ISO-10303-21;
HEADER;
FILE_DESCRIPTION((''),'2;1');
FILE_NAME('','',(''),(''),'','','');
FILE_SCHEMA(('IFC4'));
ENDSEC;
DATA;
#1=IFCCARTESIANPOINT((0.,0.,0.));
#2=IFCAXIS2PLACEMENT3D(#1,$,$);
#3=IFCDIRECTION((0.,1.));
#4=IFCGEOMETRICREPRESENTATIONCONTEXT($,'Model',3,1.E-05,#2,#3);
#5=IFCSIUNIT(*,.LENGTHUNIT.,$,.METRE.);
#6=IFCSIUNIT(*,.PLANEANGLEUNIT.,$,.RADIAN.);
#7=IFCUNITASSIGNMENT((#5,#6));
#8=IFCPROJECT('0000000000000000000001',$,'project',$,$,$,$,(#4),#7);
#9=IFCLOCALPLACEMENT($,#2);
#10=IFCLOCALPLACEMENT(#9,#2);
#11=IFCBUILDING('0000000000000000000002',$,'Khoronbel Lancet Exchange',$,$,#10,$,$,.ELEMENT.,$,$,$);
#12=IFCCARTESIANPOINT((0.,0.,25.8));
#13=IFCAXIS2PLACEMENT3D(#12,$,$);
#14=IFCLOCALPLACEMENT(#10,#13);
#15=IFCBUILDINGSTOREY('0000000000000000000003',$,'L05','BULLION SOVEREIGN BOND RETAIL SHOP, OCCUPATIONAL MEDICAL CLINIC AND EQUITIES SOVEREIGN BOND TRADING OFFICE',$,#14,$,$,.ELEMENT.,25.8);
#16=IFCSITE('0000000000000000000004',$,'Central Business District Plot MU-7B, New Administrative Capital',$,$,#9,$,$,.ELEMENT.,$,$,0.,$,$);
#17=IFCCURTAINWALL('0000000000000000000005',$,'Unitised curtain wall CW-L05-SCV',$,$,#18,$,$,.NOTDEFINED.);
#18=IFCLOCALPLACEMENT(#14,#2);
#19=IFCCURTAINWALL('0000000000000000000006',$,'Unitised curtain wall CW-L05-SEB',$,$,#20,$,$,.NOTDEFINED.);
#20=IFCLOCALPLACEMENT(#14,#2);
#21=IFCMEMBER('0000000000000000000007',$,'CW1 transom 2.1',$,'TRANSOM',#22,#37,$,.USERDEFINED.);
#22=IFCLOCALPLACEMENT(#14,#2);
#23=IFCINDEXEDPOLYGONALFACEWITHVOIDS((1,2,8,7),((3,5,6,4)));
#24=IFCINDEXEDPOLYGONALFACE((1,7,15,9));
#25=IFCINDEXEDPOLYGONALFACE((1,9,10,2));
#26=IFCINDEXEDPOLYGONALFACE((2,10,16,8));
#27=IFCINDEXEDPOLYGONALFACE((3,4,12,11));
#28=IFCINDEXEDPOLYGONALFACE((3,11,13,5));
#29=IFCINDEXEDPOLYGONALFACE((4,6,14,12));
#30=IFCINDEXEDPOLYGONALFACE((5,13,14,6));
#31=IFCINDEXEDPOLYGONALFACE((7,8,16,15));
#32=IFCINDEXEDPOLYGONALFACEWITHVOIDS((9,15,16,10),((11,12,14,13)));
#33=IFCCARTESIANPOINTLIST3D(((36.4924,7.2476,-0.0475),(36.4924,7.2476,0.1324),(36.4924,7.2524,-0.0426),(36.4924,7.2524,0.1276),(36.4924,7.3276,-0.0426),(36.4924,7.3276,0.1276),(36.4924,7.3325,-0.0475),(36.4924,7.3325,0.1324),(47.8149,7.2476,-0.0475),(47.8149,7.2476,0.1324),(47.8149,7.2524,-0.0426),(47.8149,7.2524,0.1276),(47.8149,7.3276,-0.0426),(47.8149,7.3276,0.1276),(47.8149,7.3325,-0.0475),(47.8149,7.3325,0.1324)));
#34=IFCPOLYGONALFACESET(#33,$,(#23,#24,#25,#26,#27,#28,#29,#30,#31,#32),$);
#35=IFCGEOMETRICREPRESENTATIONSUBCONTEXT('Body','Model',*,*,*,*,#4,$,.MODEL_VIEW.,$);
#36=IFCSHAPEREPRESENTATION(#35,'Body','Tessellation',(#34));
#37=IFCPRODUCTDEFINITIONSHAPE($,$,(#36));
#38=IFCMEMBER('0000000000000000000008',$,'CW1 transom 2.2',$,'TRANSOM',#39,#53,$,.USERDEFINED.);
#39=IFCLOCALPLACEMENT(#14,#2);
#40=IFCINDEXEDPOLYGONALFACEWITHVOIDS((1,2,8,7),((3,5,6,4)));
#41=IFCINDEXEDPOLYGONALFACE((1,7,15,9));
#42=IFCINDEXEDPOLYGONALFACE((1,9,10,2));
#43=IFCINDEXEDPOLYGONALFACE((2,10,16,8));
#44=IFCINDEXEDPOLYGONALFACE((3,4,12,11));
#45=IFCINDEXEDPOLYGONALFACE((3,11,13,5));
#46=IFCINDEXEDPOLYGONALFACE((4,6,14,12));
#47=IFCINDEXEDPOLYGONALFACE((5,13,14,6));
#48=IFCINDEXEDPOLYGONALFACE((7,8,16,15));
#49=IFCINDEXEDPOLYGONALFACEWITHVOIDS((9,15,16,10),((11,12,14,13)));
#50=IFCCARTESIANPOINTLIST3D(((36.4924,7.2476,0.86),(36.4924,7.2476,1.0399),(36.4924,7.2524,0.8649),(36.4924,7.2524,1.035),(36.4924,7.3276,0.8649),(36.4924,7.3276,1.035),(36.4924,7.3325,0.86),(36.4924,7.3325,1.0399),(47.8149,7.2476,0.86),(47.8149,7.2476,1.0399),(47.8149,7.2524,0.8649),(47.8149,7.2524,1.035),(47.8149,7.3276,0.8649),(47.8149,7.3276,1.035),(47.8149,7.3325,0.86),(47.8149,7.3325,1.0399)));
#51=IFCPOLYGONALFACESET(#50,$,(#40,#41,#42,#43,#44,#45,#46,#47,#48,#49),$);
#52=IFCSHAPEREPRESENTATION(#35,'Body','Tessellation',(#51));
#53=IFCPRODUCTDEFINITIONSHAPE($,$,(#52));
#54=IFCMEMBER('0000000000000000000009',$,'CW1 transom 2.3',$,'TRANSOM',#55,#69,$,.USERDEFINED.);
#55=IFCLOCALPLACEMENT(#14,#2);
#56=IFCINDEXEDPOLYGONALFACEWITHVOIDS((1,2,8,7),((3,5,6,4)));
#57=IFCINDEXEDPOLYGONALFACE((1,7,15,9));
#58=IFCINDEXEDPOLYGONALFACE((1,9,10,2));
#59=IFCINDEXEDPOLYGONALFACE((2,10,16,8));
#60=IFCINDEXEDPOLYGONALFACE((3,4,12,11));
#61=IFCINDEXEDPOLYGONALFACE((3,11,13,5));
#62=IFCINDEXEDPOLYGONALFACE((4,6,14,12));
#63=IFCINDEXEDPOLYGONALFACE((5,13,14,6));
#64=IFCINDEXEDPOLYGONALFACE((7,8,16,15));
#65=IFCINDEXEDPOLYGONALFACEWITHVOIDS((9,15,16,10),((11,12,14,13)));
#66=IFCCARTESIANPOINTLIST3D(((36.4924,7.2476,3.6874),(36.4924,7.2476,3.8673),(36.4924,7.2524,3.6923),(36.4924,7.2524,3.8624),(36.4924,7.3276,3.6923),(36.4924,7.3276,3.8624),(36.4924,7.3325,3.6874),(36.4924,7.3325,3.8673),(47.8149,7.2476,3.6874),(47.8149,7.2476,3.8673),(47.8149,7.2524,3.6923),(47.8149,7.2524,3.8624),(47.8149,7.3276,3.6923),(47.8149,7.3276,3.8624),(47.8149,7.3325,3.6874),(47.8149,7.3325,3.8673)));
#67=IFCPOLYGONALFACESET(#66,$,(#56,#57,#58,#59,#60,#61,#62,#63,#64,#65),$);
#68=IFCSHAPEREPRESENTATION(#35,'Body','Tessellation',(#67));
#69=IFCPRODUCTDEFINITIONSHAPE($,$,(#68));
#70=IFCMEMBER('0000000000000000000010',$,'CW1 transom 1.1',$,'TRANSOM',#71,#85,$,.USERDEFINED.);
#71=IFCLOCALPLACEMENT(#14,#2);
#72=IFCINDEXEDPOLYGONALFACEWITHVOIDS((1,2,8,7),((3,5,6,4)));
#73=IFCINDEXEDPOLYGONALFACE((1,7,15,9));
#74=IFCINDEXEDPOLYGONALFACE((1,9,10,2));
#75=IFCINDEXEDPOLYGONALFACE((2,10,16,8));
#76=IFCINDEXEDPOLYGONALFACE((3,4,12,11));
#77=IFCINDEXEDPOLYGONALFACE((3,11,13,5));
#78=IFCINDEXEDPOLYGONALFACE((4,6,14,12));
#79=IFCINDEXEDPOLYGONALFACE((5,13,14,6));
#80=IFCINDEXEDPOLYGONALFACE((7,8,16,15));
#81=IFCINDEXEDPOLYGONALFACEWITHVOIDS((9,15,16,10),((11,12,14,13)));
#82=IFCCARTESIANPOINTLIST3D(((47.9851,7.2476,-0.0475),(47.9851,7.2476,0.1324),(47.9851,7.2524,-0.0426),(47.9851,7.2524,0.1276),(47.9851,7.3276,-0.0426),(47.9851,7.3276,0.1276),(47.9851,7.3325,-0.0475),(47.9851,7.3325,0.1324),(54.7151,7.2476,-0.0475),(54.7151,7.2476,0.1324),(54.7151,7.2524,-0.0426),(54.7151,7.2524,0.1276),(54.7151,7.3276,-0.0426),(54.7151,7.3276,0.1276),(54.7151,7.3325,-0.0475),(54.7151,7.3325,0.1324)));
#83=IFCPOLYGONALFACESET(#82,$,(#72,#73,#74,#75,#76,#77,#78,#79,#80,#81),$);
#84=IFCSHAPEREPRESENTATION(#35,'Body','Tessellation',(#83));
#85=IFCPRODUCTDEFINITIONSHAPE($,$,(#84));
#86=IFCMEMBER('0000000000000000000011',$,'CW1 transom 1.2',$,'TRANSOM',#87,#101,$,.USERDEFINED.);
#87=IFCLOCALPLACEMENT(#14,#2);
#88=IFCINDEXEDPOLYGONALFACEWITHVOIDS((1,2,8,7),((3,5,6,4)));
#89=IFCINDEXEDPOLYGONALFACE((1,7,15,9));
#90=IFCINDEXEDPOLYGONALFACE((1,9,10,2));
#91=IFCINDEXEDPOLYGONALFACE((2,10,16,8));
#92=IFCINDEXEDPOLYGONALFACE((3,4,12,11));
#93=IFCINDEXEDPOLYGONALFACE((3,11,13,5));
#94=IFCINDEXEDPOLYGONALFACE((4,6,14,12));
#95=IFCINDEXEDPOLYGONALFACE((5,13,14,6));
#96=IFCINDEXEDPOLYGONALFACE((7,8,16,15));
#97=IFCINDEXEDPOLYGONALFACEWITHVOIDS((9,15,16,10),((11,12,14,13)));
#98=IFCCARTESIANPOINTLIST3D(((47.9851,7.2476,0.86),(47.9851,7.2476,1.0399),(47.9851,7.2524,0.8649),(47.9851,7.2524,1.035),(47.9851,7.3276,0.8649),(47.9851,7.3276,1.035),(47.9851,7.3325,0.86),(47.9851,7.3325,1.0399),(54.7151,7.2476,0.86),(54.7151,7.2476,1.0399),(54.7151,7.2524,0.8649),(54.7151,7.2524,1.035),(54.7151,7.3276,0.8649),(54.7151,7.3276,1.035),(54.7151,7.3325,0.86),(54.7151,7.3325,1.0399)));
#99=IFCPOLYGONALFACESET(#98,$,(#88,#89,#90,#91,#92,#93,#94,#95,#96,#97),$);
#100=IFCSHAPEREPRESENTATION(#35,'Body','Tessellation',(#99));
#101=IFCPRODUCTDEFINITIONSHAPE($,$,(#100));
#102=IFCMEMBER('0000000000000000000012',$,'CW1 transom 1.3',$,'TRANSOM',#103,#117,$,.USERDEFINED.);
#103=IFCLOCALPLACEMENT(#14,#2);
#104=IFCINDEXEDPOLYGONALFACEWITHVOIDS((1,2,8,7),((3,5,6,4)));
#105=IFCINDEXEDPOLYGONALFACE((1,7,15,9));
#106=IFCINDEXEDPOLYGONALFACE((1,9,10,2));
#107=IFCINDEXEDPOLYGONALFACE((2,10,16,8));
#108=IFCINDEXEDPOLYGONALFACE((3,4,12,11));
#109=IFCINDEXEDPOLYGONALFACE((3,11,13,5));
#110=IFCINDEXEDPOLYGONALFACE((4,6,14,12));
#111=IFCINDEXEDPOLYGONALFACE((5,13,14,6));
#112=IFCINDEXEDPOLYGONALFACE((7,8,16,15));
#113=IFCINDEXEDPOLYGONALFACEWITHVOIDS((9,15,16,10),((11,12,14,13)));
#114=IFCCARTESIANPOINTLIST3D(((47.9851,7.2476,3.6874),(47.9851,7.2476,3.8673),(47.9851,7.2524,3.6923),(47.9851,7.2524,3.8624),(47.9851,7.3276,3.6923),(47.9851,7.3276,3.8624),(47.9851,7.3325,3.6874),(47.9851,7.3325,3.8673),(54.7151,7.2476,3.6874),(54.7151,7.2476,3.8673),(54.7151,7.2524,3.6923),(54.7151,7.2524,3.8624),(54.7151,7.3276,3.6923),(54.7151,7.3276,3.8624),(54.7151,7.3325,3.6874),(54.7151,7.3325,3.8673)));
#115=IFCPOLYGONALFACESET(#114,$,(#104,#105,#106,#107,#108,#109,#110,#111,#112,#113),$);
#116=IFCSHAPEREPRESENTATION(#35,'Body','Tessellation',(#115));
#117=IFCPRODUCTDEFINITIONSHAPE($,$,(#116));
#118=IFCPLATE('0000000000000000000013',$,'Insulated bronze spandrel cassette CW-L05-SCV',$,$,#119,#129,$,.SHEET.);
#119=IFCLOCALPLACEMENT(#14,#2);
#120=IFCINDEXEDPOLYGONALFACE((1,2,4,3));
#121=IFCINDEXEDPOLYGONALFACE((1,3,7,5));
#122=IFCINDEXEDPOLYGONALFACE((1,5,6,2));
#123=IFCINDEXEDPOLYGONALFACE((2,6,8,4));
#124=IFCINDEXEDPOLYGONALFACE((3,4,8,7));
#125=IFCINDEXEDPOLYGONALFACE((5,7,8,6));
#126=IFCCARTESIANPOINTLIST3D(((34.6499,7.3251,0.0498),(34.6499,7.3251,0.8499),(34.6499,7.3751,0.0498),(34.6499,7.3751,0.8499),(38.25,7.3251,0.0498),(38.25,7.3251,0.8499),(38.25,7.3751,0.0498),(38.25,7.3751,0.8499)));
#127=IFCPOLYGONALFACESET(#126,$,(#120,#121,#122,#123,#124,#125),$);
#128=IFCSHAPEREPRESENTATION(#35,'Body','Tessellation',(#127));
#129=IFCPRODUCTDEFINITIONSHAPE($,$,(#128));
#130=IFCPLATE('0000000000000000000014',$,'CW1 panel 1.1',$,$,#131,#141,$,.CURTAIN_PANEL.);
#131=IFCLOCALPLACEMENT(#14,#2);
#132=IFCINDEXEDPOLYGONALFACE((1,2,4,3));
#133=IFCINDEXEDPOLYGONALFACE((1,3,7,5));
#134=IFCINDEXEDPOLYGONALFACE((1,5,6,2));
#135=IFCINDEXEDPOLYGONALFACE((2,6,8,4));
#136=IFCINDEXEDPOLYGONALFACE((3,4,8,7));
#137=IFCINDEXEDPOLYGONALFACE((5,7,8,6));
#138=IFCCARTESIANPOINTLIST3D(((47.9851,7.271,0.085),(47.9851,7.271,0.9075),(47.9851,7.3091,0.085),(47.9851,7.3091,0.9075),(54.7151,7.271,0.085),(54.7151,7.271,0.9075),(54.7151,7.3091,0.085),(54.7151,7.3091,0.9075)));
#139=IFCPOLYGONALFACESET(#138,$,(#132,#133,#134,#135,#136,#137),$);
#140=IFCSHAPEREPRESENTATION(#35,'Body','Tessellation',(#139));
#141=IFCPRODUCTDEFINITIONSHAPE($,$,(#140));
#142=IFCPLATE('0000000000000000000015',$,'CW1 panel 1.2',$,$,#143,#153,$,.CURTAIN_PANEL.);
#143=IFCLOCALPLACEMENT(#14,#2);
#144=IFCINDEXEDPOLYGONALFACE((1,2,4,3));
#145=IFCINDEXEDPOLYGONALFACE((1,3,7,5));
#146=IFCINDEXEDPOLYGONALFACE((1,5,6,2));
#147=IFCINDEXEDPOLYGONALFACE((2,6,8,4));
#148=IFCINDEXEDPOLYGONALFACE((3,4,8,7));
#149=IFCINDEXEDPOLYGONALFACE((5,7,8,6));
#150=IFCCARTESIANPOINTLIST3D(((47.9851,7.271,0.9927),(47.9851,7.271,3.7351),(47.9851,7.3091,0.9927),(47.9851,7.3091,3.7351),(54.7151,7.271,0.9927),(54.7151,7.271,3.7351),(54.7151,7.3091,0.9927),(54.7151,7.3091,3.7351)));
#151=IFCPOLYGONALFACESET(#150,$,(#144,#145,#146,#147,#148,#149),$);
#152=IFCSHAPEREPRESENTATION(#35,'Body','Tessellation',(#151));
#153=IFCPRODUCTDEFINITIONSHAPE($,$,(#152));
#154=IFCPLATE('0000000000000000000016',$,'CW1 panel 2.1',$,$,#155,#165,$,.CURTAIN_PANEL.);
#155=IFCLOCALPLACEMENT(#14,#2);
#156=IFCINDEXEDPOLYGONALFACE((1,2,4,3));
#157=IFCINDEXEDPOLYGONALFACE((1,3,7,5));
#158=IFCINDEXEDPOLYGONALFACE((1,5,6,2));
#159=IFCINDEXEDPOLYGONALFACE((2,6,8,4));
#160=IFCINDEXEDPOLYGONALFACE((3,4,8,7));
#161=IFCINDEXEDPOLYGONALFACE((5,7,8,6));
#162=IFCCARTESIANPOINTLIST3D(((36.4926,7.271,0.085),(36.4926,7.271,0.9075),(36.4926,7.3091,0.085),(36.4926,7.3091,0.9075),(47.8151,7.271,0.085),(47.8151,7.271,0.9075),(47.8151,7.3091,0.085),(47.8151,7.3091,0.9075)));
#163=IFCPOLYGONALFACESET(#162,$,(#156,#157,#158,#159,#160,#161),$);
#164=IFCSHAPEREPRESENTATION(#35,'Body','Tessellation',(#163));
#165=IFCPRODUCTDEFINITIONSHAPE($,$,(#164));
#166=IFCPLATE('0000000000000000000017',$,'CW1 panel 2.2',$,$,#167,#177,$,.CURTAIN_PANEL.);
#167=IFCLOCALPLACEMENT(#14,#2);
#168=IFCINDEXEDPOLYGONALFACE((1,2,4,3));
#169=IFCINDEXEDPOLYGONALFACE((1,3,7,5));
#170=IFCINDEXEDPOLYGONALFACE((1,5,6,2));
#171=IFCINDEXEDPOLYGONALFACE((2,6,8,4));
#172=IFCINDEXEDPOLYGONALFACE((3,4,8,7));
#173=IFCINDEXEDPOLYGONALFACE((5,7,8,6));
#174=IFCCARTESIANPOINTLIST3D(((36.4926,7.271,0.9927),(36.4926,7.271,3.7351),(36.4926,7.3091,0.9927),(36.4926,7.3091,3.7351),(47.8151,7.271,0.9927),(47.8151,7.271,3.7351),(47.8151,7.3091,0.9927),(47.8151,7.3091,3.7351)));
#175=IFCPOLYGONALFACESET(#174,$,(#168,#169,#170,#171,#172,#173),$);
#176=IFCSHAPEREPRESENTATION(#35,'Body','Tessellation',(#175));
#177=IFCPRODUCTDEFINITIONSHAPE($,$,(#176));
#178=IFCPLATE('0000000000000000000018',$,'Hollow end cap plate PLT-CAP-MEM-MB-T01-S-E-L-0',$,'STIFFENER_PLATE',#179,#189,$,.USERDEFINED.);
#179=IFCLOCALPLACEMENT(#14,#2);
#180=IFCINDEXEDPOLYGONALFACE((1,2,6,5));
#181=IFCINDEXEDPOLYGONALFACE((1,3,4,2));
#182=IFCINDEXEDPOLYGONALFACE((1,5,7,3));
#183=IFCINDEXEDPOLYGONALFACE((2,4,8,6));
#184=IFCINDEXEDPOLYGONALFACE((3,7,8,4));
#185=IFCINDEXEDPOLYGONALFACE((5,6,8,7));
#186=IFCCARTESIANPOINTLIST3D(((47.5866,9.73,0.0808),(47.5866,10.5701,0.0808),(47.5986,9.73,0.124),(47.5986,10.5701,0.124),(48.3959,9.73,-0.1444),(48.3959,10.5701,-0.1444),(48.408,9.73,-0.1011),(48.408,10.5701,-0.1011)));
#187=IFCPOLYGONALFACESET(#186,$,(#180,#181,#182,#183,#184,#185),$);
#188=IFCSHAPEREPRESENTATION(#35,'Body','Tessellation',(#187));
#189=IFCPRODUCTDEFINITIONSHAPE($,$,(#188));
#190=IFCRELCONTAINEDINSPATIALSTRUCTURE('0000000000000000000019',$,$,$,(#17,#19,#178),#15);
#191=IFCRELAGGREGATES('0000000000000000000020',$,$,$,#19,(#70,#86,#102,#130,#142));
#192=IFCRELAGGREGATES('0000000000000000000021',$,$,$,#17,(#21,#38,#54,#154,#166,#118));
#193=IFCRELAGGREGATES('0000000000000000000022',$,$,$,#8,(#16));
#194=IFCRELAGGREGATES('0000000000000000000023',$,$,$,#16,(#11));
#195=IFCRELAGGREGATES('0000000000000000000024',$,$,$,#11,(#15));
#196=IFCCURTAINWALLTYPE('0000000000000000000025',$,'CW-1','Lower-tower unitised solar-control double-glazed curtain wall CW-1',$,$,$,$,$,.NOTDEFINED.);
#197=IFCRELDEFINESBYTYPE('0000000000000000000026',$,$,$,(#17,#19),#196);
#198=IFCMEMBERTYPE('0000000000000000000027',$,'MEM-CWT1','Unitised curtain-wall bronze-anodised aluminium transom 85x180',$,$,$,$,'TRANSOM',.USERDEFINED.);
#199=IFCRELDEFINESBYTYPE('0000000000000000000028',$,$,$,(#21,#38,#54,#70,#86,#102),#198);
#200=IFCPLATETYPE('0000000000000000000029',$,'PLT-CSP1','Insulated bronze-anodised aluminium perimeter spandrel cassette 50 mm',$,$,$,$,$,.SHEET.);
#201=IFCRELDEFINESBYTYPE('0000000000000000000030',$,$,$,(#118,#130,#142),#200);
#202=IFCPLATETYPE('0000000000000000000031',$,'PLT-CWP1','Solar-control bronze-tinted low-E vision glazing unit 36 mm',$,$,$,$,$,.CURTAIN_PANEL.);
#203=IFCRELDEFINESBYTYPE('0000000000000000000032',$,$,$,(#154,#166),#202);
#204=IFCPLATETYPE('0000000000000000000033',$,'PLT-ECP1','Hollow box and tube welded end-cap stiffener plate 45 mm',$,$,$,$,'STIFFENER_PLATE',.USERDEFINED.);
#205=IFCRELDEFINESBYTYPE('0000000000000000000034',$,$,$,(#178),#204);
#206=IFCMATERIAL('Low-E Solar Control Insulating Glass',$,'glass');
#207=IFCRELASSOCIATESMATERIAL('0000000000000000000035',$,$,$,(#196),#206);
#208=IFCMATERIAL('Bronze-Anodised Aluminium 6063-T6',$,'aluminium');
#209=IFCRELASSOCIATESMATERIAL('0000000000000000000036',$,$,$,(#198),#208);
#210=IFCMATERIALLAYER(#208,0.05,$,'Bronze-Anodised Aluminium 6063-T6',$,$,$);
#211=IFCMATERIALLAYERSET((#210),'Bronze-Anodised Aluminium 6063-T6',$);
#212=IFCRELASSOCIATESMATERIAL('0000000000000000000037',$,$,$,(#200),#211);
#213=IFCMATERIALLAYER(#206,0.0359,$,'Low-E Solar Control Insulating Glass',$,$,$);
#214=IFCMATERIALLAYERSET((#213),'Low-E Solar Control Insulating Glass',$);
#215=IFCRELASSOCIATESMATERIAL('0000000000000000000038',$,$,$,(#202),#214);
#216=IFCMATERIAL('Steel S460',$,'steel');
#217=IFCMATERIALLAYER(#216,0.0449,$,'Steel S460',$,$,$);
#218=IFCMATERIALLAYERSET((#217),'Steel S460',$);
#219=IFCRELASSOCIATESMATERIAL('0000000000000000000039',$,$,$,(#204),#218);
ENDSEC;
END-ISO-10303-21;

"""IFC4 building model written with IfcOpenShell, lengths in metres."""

from ifc_helpers import new_model, si_unit, direction, frame, origin, origin_2d, place, context, subcontext, project, spatial, polyline, rectangle, hollow_rectangle, outline, extrude, material, layer, layer_set, material_profile, profile_set, type_object, element, aggregate, save


model = new_model("IFC4")

# Units and contexts
model_context = context("Model", 3, precision=1e-05, world=origin(), true_north=direction((0.0, 1.0)))
body_context = subcontext(model_context, "Body", "Model", "MODEL_VIEW")
ifc_project = project(units=[si_unit("LENGTHUNIT", "METRE"), si_unit("PLANEANGLEUNIT", "RADIAN")], contexts=[model_context])

# Site, building, storey
site_placement = place(None, origin())
site = spatial("IfcSite", under=ifc_project, at=site_placement, Name="Central Business District Plot MU-7B, New Administrative Capital", CompositionType="ELEMENT", RefElevation=0.0)
building_placement = place(site_placement, origin())
building = spatial("IfcBuilding", under=site, at=building_placement, Name="Khoronbel Lancet Exchange", CompositionType="ELEMENT")
storey_placement = place(building_placement, frame((0.0, 0.0, 25.8)))
storey = spatial("IfcBuildingStorey", under=building, at=storey_placement, Name="L05", Description="BULLION SOVEREIGN BOND RETAIL SHOP, OCCUPATIONAL MEDICAL CLINIC AND EQUITIES SOVEREIGN BOND TRADING OFFICE", CompositionType="ELEMENT", Elevation=25.8)

# Shared definitions
ifc_material_1 = material(Name="Steel S460", Category="steel")

# Curtain walls
ifc_material_2 = material(Name="Low-E Solar Control Insulating Glass", Category="glass")
curtain_wall_type = type_object("IfcCurtainWallType", Name="CW-1", Description="Lower-tower unitised solar-control double-glazed curtain wall CW-1", PredefinedType="NOTDEFINED", material=ifc_material_2)
curtain_wall_1_placement = place(storey_placement, origin())
curtain_wall_1 = element("IfcCurtainWall", 1, at=curtain_wall_1_placement, inside=storey, type_object=curtain_wall_type, Name="Unitised curtain wall CW-L05-SCV", PredefinedType="NOTDEFINED")
ifc_material_3 = material(Name="Bronze-Anodised Aluminium 6063-T6", Category="aluminium")
curtain_wall_2_placement = place(storey_placement, origin())
curtain_wall_2 = element("IfcCurtainWall", 2, at=curtain_wall_2_placement, inside=storey, type_object=curtain_wall_type, Name="Unitised curtain wall CW-L05-SEB", PredefinedType="NOTDEFINED")

# Members
ifc_material_profile_1 = material_profile(ifc_material_3, hollow_rectangle(XDim=0.085, YDim=0.1799, WallThickness=0.0049, at=origin_2d()), Name="ALU TRANSOM 85x180")
ifc_profile_set_1 = profile_set([ifc_material_profile_1], Name="Bronze-Anodised Aluminium 6063-T6")
member_type_1 = type_object("IfcMemberType", Name="MEM-CWT1", Description="Unitised curtain-wall bronze-anodised aluminium transom 85x180", ElementType="TRANSOM", PredefinedType="USERDEFINED", material=ifc_profile_set_1)
member_1_placement = place(storey_placement, frame((36.4924, 7.29, 0.0425), z_axis=(1.0, 0.0, 0.0), x_axis=(0.0, 1.0, 0.0)))
member_1 = element("IfcMember", 3, at=member_1_placement, type_object=member_type_1, Name="CW1 transom 2.1", ObjectType="TRANSOM", PredefinedType="USERDEFINED", context=body_context, shape_type="SweptSolid", body=[
    extrude(hollow_rectangle(XDim=0.085, YDim=0.1799, WallThickness=0.0049, at=origin_2d()), origin(), (0.0, 0.0, 1.0), 11.3225),
])
member_2_placement = place(storey_placement, frame((36.4924, 7.29, 0.95), z_axis=(1.0, 0.0, 0.0), x_axis=(0.0, 1.0, 0.0)))
member_2 = element("IfcMember", 4, at=member_2_placement, type_object=member_type_1, Name="CW1 transom 2.2", ObjectType="TRANSOM", PredefinedType="USERDEFINED", context=body_context, shape_type="SweptSolid", body=[
    extrude(hollow_rectangle(XDim=0.085, YDim=0.1799, WallThickness=0.0049, at=origin_2d()), origin(), (0.0, 0.0, 1.0), 11.3225),
])
member_3_placement = place(storey_placement, frame((36.4924, 7.29, 3.7773), z_axis=(1.0, 0.0, 0.0), x_axis=(0.0, 1.0, 0.0)))
member_3 = element("IfcMember", 5, at=member_3_placement, type_object=member_type_1, Name="CW1 transom 2.3", ObjectType="TRANSOM", PredefinedType="USERDEFINED", context=body_context, shape_type="SweptSolid", body=[
    extrude(hollow_rectangle(XDim=0.085, YDim=0.1799, WallThickness=0.0049, at=origin_2d()), origin(), (0.0, 0.0, 1.0), 11.3225),
])
member_4_placement = place(storey_placement, frame((47.9851, 7.29, 0.0425), z_axis=(1.0, 0.0, 0.0), x_axis=(0.0, 1.0, 0.0)))
member_4 = element("IfcMember", 6, at=member_4_placement, type_object=member_type_1, Name="CW1 transom 1.1", ObjectType="TRANSOM", PredefinedType="USERDEFINED", context=body_context, shape_type="SweptSolid", body=[
    extrude(hollow_rectangle(XDim=0.085, YDim=0.1799, WallThickness=0.0049, at=origin_2d()), origin(), (0.0, 0.0, 1.0), 6.73),
])
member_5_placement = place(storey_placement, frame((47.9851, 7.29, 0.95), z_axis=(1.0, 0.0, 0.0), x_axis=(0.0, 1.0, 0.0)))
member_5 = element("IfcMember", 7, at=member_5_placement, type_object=member_type_1, Name="CW1 transom 1.2", ObjectType="TRANSOM", PredefinedType="USERDEFINED", context=body_context, shape_type="SweptSolid", body=[
    extrude(hollow_rectangle(XDim=0.085, YDim=0.1799, WallThickness=0.0049, at=origin_2d()), origin(), (0.0, 0.0, 1.0), 6.73),
])
member_6_placement = place(storey_placement, frame((47.9851, 7.29, 3.7773), z_axis=(1.0, 0.0, 0.0), x_axis=(0.0, 1.0, 0.0)))
member_6 = element("IfcMember", 8, at=member_6_placement, type_object=member_type_1, Name="CW1 transom 1.3", ObjectType="TRANSOM", PredefinedType="USERDEFINED", context=body_context, shape_type="SweptSolid", body=[
    extrude(hollow_rectangle(XDim=0.085, YDim=0.1799, WallThickness=0.0049, at=origin_2d()), origin(), (0.0, 0.0, 1.0), 6.73),
])

# Plates
ifc_layer_1 = layer(ifc_material_3, 0.05, Name="Bronze-Anodised Aluminium 6063-T6")
ifc_layer_set_1 = layer_set([ifc_layer_1], Name="Bronze-Anodised Aluminium 6063-T6")
plate_type_1 = type_object("IfcPlateType", Name="PLT-CSP1", Description="Insulated bronze-anodised aluminium perimeter spandrel cassette 50 mm", PredefinedType="SHEET", material=ifc_layer_set_1)
plate_1_placement = place(storey_placement, frame((36.45, 7.3501, 0.0498), z_axis=(0.0, 0.0, 1.0), x_axis=(1.0, 0.0, 0.0)))
plate_1 = element("IfcPlate", 9, at=plate_1_placement, type_object=plate_type_1, Name="Insulated bronze spandrel cassette CW-L05-SCV", PredefinedType="SHEET", context=body_context, shape_type="SweptSolid", body=[
    extrude(rectangle(XDim=3.6001, YDim=0.05, at=origin_2d()), origin(), (0.0, 0.0, 1.0), 0.8),
])
plate_2_placement = place(storey_placement, frame((51.3501, 7.29, 0.085), z_axis=(0.0, 0.0, 1.0), x_axis=(1.0, 0.0, 0.0)))
plate_2 = element("IfcPlate", 10, at=plate_2_placement, type_object=plate_type_1, Name="CW1 panel 1.1", PredefinedType="CURTAIN_PANEL", context=body_context, shape_type="SweptSolid", body=[
    extrude(rectangle(XDim=6.73, YDim=0.0381, at=origin_2d()), origin(), (0.0, 0.0, 1.0), 0.8225),
])
plate_3_placement = place(storey_placement, frame((51.3501, 7.29, 0.9927), z_axis=(0.0, 0.0, 1.0), x_axis=(1.0, 0.0, 0.0)))
plate_3 = element("IfcPlate", 11, at=plate_3_placement, type_object=plate_type_1, Name="CW1 panel 1.2", PredefinedType="CURTAIN_PANEL", context=body_context, shape_type="SweptSolid", body=[
    extrude(rectangle(XDim=6.73, YDim=0.0381, at=origin_2d()), origin(), (0.0, 0.0, 1.0), 2.7424),
])
aggregate(curtain_wall_2, [member_4, member_5, member_6, plate_2, plate_3])
ifc_layer_2 = layer(ifc_material_2, 0.0359, Name="Low-E Solar Control Insulating Glass")
ifc_layer_set_2 = layer_set([ifc_layer_2], Name="Low-E Solar Control Insulating Glass")
plate_type_2 = type_object("IfcPlateType", Name="PLT-CWP1", Description="Solar-control bronze-tinted low-E vision glazing unit 36 mm", PredefinedType="CURTAIN_PANEL", material=ifc_layer_set_2)
plate_4_placement = place(storey_placement, frame((42.1538, 7.29, 0.085), z_axis=(0.0, 0.0, 1.0), x_axis=(1.0, 0.0, 0.0)))
plate_4 = element("IfcPlate", 12, at=plate_4_placement, type_object=plate_type_2, Name="CW1 panel 2.1", PredefinedType="CURTAIN_PANEL", context=body_context, shape_type="SweptSolid", body=[
    extrude(rectangle(XDim=11.3225, YDim=0.0381, at=origin_2d()), origin(), (0.0, 0.0, 1.0), 0.8225),
])
plate_5_placement = place(storey_placement, frame((42.1538, 7.29, 0.9927), z_axis=(0.0, 0.0, 1.0), x_axis=(1.0, 0.0, 0.0)))
plate_5 = element("IfcPlate", 13, at=plate_5_placement, type_object=plate_type_2, Name="CW1 panel 2.2", PredefinedType="CURTAIN_PANEL", context=body_context, shape_type="SweptSolid", body=[
    extrude(rectangle(XDim=11.3225, YDim=0.0381, at=origin_2d()), origin(), (0.0, 0.0, 1.0), 2.7424),
])
aggregate(curtain_wall_1, [member_1, member_2, member_3, plate_4, plate_5, plate_1])
ifc_layer_3 = layer(ifc_material_1, 0.0449, Name="Steel S460")
ifc_layer_set_3 = layer_set([ifc_layer_3], Name="Steel S460")
plate_type_3 = type_object("IfcPlateType", Name="PLT-ECP1", Description="Hollow box and tube welded end-cap stiffener plate 45 mm", ElementType="STIFFENER_PLATE", PredefinedType="USERDEFINED", material=ifc_layer_set_3)
plate_6_placement = place(storey_placement, frame((48.408, 9.73, -0.1011), z_axis=(0.267959, 0.0, 0.96343), x_axis=(0.0, 1.0, 0.0)))
element("IfcPlate", 14, at=plate_6_placement, inside=storey, type_object=plate_type_3, Name="Hollow end cap plate PLT-CAP-MEM-MB-T01-S-E-L-0", ObjectType="STIFFENER_PLATE", PredefinedType="USERDEFINED", context=body_context, shape_type="SweptSolid", body=[
    extrude(outline(polyline([(0.0, 0.0), (0.8401, 0.0), (0.8401, 0.8401), (0.0, 0.8401), (0.0, 0.0)])), origin(), (0.0, 0.0, -1.0), 0.0449),
])

save(model, "model.ifc")
